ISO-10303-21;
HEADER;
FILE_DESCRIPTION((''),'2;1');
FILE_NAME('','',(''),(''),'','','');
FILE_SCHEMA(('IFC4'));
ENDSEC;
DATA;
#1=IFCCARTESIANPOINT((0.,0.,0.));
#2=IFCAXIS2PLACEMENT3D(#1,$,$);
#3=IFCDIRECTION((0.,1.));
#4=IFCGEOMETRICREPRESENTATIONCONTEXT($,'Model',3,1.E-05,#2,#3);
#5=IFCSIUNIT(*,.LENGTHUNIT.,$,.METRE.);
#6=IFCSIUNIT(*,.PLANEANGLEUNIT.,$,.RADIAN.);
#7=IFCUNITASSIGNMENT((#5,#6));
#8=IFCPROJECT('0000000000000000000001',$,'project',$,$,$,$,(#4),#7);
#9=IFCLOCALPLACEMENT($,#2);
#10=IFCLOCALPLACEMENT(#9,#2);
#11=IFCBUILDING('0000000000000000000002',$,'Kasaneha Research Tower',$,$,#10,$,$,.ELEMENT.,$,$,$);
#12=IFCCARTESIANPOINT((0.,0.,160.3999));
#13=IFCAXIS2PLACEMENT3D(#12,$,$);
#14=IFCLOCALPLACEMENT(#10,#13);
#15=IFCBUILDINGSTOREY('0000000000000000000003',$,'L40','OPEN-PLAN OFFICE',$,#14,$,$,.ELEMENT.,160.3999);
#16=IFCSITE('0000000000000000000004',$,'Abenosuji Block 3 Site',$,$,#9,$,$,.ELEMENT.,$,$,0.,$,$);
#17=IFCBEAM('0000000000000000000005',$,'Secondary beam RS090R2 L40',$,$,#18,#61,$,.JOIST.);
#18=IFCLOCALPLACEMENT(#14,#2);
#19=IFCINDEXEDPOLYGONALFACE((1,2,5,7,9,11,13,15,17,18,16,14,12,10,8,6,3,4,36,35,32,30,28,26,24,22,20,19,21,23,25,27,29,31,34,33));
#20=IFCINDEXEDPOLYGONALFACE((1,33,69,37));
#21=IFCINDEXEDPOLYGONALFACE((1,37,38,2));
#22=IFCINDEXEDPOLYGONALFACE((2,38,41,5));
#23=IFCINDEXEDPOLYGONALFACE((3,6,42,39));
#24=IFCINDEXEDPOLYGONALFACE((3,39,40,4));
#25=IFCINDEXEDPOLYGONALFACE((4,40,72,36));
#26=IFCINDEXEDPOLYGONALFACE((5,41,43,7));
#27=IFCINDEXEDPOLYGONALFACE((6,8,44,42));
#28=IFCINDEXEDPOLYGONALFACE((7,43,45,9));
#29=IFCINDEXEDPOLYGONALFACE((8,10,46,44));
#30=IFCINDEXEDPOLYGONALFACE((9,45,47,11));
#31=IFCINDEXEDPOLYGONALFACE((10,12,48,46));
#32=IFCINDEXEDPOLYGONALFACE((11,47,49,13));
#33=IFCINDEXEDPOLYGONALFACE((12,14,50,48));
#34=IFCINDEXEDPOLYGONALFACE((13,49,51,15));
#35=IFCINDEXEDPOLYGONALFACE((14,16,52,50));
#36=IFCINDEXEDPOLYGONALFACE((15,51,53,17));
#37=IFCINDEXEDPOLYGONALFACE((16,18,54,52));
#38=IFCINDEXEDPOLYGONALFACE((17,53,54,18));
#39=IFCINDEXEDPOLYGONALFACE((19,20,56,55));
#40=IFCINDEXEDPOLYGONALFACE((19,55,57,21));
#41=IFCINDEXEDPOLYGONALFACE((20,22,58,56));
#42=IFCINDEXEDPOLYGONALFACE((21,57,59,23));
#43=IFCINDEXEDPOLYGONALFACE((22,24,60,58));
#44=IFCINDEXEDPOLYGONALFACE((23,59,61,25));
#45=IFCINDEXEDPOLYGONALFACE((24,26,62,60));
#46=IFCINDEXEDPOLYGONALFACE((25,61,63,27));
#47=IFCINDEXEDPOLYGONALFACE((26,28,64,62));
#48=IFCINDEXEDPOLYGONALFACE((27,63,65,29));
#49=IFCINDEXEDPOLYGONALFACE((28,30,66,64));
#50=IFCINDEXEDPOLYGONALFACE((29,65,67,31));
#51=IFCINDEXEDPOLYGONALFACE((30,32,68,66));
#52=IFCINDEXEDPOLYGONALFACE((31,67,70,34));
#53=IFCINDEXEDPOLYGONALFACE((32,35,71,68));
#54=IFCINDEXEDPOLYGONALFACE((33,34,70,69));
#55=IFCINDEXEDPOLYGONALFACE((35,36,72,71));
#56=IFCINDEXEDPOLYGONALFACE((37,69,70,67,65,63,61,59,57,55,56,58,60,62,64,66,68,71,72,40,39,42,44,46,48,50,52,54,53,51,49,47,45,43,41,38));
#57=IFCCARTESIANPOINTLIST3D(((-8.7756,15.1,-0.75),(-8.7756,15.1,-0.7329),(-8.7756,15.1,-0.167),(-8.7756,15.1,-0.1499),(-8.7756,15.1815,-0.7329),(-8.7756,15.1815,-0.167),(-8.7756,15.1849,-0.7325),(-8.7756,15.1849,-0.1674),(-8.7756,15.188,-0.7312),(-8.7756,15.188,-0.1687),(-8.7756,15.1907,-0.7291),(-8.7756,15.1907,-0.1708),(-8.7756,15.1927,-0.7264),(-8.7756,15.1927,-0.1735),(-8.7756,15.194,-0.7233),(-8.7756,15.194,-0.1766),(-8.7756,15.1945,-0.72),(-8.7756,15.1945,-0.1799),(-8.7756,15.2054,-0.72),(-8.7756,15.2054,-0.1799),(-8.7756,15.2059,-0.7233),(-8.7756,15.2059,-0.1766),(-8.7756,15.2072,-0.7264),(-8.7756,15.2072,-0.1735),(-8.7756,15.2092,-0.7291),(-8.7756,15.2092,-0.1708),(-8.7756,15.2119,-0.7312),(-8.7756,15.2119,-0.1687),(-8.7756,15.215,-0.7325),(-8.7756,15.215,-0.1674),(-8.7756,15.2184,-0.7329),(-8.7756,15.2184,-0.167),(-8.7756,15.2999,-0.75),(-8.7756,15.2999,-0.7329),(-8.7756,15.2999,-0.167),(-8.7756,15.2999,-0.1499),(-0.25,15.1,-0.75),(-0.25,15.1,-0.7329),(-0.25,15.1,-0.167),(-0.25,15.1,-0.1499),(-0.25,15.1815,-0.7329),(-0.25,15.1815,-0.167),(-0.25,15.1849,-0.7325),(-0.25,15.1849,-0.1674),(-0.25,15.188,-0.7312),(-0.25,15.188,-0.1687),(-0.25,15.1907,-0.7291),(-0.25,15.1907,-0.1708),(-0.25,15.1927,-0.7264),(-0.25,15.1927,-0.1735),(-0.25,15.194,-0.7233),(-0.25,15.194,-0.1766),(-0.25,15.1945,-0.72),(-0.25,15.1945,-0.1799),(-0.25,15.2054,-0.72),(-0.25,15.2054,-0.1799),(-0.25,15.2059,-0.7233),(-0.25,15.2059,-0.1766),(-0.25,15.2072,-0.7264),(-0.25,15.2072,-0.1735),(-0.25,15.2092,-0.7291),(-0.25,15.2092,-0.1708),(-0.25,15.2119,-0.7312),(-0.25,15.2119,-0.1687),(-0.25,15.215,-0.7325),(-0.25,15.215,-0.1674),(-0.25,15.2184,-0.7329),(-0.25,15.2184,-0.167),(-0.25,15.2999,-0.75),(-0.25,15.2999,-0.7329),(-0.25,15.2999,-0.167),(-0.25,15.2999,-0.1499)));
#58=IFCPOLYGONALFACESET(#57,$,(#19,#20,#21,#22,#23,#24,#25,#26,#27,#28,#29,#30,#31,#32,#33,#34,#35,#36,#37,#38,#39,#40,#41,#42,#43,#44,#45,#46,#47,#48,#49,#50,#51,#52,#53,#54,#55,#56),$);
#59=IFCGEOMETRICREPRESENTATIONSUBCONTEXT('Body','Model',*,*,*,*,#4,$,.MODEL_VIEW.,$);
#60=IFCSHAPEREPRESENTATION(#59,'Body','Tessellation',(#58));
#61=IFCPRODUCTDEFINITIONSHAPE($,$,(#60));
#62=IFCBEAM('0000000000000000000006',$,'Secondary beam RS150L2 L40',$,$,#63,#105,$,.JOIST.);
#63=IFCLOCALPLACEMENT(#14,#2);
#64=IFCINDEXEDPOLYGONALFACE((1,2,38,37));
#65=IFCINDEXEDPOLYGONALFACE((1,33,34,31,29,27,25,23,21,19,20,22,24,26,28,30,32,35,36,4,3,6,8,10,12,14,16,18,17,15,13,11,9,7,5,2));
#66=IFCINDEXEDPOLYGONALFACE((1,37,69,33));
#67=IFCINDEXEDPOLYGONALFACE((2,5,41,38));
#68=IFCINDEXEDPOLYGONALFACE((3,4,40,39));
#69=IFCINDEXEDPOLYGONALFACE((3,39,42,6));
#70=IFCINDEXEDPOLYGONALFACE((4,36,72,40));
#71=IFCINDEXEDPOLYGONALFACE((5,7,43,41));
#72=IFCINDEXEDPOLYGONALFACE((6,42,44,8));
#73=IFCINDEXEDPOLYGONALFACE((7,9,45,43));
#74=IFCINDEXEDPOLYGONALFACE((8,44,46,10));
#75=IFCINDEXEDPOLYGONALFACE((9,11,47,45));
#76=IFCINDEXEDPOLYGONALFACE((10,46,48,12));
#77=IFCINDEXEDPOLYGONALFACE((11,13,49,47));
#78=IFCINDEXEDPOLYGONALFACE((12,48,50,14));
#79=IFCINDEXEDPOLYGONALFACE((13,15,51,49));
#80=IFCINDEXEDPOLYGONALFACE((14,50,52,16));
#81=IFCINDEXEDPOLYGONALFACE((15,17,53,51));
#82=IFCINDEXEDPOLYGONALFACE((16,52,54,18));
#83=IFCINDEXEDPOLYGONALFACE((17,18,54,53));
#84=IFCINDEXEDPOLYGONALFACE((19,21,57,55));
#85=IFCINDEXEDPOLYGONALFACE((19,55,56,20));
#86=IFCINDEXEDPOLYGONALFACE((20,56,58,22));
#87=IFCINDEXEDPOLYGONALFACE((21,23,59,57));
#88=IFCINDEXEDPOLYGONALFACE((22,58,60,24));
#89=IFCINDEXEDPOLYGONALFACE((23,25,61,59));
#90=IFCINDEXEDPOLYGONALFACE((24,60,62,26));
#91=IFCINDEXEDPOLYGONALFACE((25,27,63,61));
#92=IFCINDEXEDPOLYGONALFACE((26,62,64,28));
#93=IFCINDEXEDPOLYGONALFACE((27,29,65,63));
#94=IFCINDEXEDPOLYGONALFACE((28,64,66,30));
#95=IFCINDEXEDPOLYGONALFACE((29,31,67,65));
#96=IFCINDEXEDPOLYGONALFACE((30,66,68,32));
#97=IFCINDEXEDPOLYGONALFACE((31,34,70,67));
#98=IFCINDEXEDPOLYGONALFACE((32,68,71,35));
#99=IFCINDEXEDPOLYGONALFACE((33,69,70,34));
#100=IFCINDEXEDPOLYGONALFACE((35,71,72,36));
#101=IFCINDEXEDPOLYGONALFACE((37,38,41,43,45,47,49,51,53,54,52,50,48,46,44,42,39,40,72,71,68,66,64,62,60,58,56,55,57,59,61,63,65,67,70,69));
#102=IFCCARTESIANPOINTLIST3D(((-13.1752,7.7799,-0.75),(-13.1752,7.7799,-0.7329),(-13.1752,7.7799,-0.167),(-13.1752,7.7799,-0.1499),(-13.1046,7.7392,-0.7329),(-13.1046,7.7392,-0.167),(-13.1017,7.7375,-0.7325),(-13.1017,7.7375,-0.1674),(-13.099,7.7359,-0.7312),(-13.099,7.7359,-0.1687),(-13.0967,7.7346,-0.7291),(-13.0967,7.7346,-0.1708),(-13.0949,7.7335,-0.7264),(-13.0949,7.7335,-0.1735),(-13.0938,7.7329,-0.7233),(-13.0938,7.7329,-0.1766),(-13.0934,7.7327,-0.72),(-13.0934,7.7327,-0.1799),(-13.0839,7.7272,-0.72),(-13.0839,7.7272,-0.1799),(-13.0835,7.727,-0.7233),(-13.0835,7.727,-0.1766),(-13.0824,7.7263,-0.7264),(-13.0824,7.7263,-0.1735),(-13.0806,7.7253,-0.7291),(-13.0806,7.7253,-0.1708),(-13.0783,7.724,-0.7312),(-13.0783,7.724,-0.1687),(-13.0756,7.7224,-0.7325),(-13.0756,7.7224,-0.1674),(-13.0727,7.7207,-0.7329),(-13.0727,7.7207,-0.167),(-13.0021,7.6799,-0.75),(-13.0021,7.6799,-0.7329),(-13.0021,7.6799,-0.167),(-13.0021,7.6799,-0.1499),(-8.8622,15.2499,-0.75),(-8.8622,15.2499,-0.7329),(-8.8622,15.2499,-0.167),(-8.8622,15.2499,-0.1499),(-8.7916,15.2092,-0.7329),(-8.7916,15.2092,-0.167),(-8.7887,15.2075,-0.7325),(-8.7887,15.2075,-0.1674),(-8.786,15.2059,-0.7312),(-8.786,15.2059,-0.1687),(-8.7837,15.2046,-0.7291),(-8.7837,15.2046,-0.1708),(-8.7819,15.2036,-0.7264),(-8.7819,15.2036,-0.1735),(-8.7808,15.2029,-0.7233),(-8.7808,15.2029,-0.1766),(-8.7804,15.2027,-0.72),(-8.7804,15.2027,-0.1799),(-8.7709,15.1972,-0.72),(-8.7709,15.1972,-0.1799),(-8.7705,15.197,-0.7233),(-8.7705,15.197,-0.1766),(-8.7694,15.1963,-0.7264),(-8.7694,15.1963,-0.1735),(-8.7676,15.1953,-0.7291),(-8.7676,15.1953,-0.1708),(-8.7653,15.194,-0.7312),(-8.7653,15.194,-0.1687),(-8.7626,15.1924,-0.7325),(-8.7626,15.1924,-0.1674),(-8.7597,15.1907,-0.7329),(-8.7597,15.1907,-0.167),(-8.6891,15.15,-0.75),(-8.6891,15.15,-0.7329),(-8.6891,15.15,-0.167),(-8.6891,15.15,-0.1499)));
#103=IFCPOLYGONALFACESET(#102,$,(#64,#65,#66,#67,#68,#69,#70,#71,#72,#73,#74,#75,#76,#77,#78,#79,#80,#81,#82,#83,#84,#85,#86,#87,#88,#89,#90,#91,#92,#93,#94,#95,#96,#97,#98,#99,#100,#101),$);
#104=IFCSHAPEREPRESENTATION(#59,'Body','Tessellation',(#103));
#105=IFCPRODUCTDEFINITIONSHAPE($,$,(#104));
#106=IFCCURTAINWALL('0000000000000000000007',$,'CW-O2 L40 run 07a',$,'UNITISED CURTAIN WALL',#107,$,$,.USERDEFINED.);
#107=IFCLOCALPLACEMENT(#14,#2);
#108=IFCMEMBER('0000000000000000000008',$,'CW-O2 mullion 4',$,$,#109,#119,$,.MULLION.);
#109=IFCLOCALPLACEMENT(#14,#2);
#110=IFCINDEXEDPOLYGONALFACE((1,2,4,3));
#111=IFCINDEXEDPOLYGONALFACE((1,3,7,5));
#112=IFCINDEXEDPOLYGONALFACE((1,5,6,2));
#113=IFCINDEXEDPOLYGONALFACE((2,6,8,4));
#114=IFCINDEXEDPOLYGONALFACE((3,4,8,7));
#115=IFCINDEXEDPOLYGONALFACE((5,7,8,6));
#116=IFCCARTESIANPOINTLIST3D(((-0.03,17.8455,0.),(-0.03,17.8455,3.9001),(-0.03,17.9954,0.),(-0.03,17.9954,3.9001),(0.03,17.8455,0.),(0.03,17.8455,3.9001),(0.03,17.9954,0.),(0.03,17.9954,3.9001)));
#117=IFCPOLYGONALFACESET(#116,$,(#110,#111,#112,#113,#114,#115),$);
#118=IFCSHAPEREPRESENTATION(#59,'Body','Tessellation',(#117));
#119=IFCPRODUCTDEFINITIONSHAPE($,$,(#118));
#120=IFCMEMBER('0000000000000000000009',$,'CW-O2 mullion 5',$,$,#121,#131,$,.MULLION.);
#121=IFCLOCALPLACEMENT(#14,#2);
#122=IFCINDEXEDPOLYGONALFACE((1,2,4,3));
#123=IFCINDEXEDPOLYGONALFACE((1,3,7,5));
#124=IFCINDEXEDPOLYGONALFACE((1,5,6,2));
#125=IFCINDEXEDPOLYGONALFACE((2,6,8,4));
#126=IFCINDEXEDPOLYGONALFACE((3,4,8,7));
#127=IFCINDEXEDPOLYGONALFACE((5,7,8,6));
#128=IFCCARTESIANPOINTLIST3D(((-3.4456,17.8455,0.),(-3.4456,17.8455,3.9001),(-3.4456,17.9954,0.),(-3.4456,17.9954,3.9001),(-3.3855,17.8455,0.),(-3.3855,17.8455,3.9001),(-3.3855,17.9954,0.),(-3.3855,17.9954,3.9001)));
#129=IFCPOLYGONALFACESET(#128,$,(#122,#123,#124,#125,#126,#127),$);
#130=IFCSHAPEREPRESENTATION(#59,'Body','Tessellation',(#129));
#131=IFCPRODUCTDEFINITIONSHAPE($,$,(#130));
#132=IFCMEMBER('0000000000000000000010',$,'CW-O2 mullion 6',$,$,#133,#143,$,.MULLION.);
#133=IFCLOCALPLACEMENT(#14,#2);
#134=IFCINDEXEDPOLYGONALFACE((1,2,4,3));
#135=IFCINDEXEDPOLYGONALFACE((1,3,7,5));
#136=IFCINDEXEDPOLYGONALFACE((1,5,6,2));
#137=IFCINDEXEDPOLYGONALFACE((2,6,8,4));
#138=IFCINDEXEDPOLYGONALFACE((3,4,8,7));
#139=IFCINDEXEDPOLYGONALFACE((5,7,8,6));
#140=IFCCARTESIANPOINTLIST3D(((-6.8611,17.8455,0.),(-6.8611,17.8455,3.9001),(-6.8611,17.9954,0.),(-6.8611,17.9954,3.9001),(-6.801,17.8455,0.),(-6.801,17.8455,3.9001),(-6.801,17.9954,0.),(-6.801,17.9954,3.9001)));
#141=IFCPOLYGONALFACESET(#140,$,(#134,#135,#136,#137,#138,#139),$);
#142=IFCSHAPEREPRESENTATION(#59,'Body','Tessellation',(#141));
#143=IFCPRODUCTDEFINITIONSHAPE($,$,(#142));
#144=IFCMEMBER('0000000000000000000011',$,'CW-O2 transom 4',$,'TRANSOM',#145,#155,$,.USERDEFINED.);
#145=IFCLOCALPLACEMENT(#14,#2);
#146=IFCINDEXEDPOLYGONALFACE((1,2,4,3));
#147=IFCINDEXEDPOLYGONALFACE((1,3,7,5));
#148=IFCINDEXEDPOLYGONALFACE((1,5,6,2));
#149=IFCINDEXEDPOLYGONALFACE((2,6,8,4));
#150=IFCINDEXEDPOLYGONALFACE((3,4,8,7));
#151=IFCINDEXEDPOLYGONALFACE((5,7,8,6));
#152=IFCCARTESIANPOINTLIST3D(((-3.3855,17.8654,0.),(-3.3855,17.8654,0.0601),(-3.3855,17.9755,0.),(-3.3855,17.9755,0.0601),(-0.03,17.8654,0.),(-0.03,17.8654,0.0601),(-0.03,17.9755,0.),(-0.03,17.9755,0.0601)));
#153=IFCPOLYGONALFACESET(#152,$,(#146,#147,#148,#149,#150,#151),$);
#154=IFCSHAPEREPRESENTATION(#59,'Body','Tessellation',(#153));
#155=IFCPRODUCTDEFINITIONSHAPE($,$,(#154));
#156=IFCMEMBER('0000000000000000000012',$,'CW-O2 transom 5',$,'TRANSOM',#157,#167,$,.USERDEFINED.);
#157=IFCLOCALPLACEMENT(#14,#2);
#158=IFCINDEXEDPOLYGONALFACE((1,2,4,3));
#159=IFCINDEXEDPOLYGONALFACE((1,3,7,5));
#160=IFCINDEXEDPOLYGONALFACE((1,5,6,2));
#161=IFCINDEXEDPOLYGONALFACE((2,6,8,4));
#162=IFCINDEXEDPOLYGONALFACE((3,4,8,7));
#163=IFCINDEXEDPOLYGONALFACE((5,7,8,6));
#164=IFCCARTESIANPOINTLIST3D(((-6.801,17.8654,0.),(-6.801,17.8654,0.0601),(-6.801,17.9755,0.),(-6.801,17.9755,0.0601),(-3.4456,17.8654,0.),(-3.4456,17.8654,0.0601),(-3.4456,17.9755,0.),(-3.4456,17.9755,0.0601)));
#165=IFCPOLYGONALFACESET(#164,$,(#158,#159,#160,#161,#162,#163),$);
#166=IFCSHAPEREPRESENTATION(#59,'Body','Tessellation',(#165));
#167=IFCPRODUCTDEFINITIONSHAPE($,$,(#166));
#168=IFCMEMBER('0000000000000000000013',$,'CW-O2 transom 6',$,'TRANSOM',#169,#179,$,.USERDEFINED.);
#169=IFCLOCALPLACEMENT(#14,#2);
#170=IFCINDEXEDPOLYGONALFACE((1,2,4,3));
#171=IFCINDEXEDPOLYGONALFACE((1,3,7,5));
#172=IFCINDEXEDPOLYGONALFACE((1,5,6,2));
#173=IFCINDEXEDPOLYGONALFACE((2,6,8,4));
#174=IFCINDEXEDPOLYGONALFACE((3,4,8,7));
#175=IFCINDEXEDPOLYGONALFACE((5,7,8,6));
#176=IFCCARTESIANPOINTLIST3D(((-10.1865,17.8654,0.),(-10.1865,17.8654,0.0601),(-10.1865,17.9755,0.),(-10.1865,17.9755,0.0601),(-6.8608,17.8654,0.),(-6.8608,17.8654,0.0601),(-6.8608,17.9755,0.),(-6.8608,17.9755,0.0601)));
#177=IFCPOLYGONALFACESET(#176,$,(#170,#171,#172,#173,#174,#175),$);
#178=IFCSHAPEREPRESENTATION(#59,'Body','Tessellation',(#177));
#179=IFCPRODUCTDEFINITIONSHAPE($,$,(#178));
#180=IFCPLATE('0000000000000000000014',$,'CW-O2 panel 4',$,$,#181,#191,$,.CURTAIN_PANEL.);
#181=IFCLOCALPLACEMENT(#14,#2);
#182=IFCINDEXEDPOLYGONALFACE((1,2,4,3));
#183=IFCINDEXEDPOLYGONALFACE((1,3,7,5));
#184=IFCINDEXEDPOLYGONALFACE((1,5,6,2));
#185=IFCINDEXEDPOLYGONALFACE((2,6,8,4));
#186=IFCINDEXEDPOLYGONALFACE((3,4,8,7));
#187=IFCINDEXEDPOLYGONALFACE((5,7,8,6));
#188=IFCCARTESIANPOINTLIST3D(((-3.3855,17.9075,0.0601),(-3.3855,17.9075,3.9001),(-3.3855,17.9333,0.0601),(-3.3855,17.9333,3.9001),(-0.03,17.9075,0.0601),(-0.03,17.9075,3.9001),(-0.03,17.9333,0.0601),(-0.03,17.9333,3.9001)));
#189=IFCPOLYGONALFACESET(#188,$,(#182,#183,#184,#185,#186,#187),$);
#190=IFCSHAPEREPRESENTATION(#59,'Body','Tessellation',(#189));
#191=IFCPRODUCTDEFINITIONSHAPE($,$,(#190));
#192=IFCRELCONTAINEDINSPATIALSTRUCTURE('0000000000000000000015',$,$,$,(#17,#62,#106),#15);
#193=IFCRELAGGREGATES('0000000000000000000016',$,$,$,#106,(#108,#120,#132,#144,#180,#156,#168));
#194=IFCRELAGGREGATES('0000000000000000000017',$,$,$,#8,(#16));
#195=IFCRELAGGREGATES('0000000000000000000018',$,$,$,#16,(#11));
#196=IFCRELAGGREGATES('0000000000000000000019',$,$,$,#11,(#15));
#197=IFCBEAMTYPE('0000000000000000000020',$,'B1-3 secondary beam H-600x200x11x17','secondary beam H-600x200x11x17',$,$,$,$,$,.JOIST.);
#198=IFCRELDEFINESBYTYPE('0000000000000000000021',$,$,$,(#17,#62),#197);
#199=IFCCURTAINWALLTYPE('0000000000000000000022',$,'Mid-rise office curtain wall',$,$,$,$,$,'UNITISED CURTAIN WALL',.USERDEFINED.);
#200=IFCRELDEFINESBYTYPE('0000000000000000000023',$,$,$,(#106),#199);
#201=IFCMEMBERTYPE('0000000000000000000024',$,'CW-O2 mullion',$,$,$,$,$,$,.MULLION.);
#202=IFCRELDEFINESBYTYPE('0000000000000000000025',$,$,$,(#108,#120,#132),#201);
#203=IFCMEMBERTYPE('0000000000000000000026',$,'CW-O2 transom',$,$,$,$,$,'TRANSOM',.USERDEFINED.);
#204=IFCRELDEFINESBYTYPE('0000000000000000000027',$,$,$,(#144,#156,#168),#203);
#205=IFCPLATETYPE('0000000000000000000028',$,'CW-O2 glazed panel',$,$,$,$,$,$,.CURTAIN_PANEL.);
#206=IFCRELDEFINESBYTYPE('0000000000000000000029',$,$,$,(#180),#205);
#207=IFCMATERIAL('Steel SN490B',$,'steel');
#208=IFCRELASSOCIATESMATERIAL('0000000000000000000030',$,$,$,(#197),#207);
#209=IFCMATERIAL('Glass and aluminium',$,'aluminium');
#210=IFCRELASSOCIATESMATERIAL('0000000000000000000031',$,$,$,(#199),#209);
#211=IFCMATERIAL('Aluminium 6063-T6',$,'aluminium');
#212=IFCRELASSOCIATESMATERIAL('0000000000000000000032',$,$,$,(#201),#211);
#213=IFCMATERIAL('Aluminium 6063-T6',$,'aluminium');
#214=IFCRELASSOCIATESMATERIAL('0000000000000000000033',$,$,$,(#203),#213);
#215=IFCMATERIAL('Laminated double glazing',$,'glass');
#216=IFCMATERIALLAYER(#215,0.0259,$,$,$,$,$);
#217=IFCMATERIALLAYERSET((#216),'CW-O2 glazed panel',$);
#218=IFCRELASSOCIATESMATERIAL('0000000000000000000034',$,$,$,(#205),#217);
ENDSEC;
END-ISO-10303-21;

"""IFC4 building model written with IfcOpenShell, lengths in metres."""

from ifc_helpers import new_model, si_unit, direction, frame, origin, origin_2d, place, context, subcontext, project, spatial, rectangle, i_section, extrude, material, layer, layer_set, material_profile, profile_set, type_object, element, aggregate, save


model = new_model("IFC4")

# Units and contexts
model_context = context("Model", 3, precision=1e-05, world=origin(), true_north=direction((0.0, 1.0)))
body_context = subcontext(model_context, "Body", "Model", "MODEL_VIEW")
ifc_project = project(units=[si_unit("LENGTHUNIT", "METRE"), si_unit("PLANEANGLEUNIT", "RADIAN")], contexts=[model_context])

# Site, building, storey
site_placement = place(None, origin())
site = spatial("IfcSite", under=ifc_project, at=site_placement, Name="Abenosuji Block 3 Site", CompositionType="ELEMENT", RefElevation=0.0)
building_placement = place(site_placement, origin())
building = spatial("IfcBuilding", under=site, at=building_placement, Name="Kasaneha Research Tower", CompositionType="ELEMENT")
storey_placement = place(building_placement, frame((0.0, 0.0, 160.3999)))
storey = spatial("IfcBuildingStorey", under=building, at=storey_placement, Name="L40", Description="OPEN-PLAN OFFICE", CompositionType="ELEMENT", Elevation=160.3999)

# Beams
ifc_material_1 = material(Name="Steel SN490B", Category="steel")
ifc_material_profile_1 = material_profile(ifc_material_1, i_section(OverallWidth=0.2, OverallDepth=0.6001, WebThickness=0.011, FlangeThickness=0.0171, FilletRadius=0.0129, at=origin_2d()), Name="H-600x200x11x17")
ifc_profile_set_1 = profile_set([ifc_material_profile_1], Name="Steel SN490B")
beam_type = type_object("IfcBeamType", Name="B1-3 secondary beam H-600x200x11x17", Description="secondary beam H-600x200x11x17", PredefinedType="JOIST", material=ifc_profile_set_1)
beam_1_placement = place(storey_placement, frame((-8.7756, 15.2, -0.45), z_axis=(1.0, 0.0, 0.0), x_axis=(0.0, 1.0, 0.0)))
element("IfcBeam", 1, at=beam_1_placement, inside=storey, type_object=beam_type, Name="Secondary beam RS090R2 L40", PredefinedType="JOIST", context=body_context, shape_type="SweptSolid", body=[
    extrude(i_section(OverallWidth=0.2, OverallDepth=0.6001, WebThickness=0.011, FlangeThickness=0.0171, FilletRadius=0.0129, at=origin_2d()), origin(), (0.0, 0.0, 1.0), 8.5256),
])
beam_2_placement = place(storey_placement, frame((-8.7756, 15.2, -0.45), z_axis=(-0.500017, -0.866015, 0.0), x_axis=(0.866015, -0.500017, 0.0)))
element("IfcBeam", 2, at=beam_2_placement, inside=storey, type_object=beam_type, Name="Secondary beam RS150L2 L40", PredefinedType="JOIST", context=body_context, shape_type="SweptSolid", body=[
    extrude(i_section(OverallWidth=0.2, OverallDepth=0.6001, WebThickness=0.011, FlangeThickness=0.0171, FilletRadius=0.0129, at=origin_2d()), origin(), (0.0, 0.0, 1.0), 8.6257),
])

# Curtain wall, members, plate
ifc_material_2 = material(Name="Glass and aluminium", Category="aluminium")
curtain_wall_type = type_object("IfcCurtainWallType", Name="Mid-rise office curtain wall", ElementType="UNITISED CURTAIN WALL", PredefinedType="USERDEFINED", material=ifc_material_2)
curtain_wall_placement = place(storey_placement, origin())
curtain_wall = element("IfcCurtainWall", 3, at=curtain_wall_placement, inside=storey, type_object=curtain_wall_type, Name="CW-O2 L40 run 07a", ObjectType="UNITISED CURTAIN WALL", PredefinedType="USERDEFINED")
ifc_material_3 = material(Name="Aluminium 6063-T6", Category="aluminium")
ifc_material_profile_2 = material_profile(ifc_material_3, rectangle(XDim=0.0601, YDim=0.1499, at=origin_2d()), Name="CW-O2 mullion 60x150")
ifc_profile_set_2 = profile_set([ifc_material_profile_2], Name="Aluminium 6063-T6")
member_type_1 = type_object("IfcMemberType", Name="CW-O2 mullion", PredefinedType="MULLION", material=ifc_profile_set_2)
member_1_placement = place(storey_placement, frame((0.0, 17.9204, 0.0), z_axis=(0.0, 0.0, 1.0), x_axis=(-1.0, 0.0, 0.0)))
member_1 = element("IfcMember", 4, at=member_1_placement, type_object=member_type_1, Name="CW-O2 mullion 4", PredefinedType="MULLION", context=body_context, shape_type="SweptSolid", body=[
    extrude(rectangle(XDim=0.0601, YDim=0.1499, at=origin_2d()), origin(), (0.0, 0.0, 1.0), 3.9001),
])
member_2_placement = place(storey_placement, frame((-3.4155, 17.9204, 0.0), z_axis=(0.0, 0.0, 1.0), x_axis=(-1.0, 0.0, 0.0)))
member_2 = element("IfcMember", 5, at=member_2_placement, type_object=member_type_1, Name="CW-O2 mullion 5", PredefinedType="MULLION", context=body_context, shape_type="SweptSolid", body=[
    extrude(rectangle(XDim=0.0601, YDim=0.1499, at=origin_2d()), origin(), (0.0, 0.0, 1.0), 3.9001),
])
member_3_placement = place(storey_placement, frame((-6.8311, 17.9204, 0.0), z_axis=(0.0, 0.0, 1.0), x_axis=(-1.0, 0.0, 0.0)))
member_3 = element("IfcMember", 6, at=member_3_placement, type_object=member_type_1, Name="CW-O2 mullion 6", PredefinedType="MULLION", context=body_context, shape_type="SweptSolid", body=[
    extrude(rectangle(XDim=0.0601, YDim=0.1499, at=origin_2d()), origin(), (0.0, 0.0, 1.0), 3.9001),
])
ifc_material_4 = material(Name="Aluminium 6063-T6", Category="aluminium")
ifc_material_profile_3 = material_profile(ifc_material_4, rectangle(XDim=0.1101, YDim=0.0601, at=origin_2d()), Name="CW-O2 transom 110x60")
ifc_profile_set_3 = profile_set([ifc_material_profile_3], Name="Aluminium 6063-T6")
member_type_2 = type_object("IfcMemberType", Name="CW-O2 transom", ElementType="TRANSOM", PredefinedType="USERDEFINED", material=ifc_profile_set_3)
member_4_placement = place(storey_placement, frame((-0.03, 17.9204, 0.03), z_axis=(-1.0, 0.0, 0.0), x_axis=(0.0, -1.0, 0.0)))
member_4 = element("IfcMember", 7, at=member_4_placement, type_object=member_type_2, Name="CW-O2 transom 4", ObjectType="TRANSOM", PredefinedType="USERDEFINED", context=body_context, shape_type="SweptSolid", body=[
    extrude(rectangle(XDim=0.1101, YDim=0.0601, at=origin_2d()), origin(), (0.0, 0.0, 1.0), 3.3555),
])
member_5_placement = place(storey_placement, frame((-3.4456, 17.9204, 0.03), z_axis=(-1.0, 0.0, 0.0), x_axis=(0.0, -1.0, 0.0)))
member_5 = element("IfcMember", 8, at=member_5_placement, type_object=member_type_2, Name="CW-O2 transom 5", ObjectType="TRANSOM", PredefinedType="USERDEFINED", context=body_context, shape_type="SweptSolid", body=[
    extrude(rectangle(XDim=0.1101, YDim=0.0601, at=origin_2d()), origin(), (0.0, 0.0, 1.0), 3.3555),
])
member_6_placement = place(storey_placement, frame((-6.8608, 17.9204, 0.03), z_axis=(-1.0, 0.0, 0.0), x_axis=(0.0, -1.0, 0.0)))
member_6 = element("IfcMember", 9, at=member_6_placement, type_object=member_type_2, Name="CW-O2 transom 6", ObjectType="TRANSOM", PredefinedType="USERDEFINED", context=body_context, shape_type="SweptSolid", body=[
    extrude(rectangle(XDim=0.1101, YDim=0.0601, at=origin_2d()), origin(), (0.0, 0.0, 1.0), 3.3257),
])
ifc_material_5 = material(Name="Laminated double glazing", Category="glass")
ifc_layer_1 = layer(ifc_material_5, 0.0259)
ifc_layer_set_1 = layer_set([ifc_layer_1], Name="CW-O2 glazed panel")
plate_type = type_object("IfcPlateType", Name="CW-O2 glazed panel", PredefinedType="CURTAIN_PANEL", material=ifc_layer_set_1)
plate_1_placement = place(storey_placement, frame((-1.7078, 17.9204, 0.0601), z_axis=(0.0, 0.0, 1.0), x_axis=(-1.0, 0.0, 0.0)))
plate_1 = element("IfcPlate", 10, at=plate_1_placement, type_object=plate_type, Name="CW-O2 panel 4", PredefinedType="CURTAIN_PANEL", context=body_context, shape_type="SweptSolid", body=[
    extrude(rectangle(XDim=3.3555, YDim=0.0259, at=origin_2d()), origin(), (0.0, 0.0, 1.0), 3.8401),
])
aggregate(curtain_wall, [member_1, member_2, member_3, member_4, plate_1, member_5, member_6])

save(model, "model.ifc")
